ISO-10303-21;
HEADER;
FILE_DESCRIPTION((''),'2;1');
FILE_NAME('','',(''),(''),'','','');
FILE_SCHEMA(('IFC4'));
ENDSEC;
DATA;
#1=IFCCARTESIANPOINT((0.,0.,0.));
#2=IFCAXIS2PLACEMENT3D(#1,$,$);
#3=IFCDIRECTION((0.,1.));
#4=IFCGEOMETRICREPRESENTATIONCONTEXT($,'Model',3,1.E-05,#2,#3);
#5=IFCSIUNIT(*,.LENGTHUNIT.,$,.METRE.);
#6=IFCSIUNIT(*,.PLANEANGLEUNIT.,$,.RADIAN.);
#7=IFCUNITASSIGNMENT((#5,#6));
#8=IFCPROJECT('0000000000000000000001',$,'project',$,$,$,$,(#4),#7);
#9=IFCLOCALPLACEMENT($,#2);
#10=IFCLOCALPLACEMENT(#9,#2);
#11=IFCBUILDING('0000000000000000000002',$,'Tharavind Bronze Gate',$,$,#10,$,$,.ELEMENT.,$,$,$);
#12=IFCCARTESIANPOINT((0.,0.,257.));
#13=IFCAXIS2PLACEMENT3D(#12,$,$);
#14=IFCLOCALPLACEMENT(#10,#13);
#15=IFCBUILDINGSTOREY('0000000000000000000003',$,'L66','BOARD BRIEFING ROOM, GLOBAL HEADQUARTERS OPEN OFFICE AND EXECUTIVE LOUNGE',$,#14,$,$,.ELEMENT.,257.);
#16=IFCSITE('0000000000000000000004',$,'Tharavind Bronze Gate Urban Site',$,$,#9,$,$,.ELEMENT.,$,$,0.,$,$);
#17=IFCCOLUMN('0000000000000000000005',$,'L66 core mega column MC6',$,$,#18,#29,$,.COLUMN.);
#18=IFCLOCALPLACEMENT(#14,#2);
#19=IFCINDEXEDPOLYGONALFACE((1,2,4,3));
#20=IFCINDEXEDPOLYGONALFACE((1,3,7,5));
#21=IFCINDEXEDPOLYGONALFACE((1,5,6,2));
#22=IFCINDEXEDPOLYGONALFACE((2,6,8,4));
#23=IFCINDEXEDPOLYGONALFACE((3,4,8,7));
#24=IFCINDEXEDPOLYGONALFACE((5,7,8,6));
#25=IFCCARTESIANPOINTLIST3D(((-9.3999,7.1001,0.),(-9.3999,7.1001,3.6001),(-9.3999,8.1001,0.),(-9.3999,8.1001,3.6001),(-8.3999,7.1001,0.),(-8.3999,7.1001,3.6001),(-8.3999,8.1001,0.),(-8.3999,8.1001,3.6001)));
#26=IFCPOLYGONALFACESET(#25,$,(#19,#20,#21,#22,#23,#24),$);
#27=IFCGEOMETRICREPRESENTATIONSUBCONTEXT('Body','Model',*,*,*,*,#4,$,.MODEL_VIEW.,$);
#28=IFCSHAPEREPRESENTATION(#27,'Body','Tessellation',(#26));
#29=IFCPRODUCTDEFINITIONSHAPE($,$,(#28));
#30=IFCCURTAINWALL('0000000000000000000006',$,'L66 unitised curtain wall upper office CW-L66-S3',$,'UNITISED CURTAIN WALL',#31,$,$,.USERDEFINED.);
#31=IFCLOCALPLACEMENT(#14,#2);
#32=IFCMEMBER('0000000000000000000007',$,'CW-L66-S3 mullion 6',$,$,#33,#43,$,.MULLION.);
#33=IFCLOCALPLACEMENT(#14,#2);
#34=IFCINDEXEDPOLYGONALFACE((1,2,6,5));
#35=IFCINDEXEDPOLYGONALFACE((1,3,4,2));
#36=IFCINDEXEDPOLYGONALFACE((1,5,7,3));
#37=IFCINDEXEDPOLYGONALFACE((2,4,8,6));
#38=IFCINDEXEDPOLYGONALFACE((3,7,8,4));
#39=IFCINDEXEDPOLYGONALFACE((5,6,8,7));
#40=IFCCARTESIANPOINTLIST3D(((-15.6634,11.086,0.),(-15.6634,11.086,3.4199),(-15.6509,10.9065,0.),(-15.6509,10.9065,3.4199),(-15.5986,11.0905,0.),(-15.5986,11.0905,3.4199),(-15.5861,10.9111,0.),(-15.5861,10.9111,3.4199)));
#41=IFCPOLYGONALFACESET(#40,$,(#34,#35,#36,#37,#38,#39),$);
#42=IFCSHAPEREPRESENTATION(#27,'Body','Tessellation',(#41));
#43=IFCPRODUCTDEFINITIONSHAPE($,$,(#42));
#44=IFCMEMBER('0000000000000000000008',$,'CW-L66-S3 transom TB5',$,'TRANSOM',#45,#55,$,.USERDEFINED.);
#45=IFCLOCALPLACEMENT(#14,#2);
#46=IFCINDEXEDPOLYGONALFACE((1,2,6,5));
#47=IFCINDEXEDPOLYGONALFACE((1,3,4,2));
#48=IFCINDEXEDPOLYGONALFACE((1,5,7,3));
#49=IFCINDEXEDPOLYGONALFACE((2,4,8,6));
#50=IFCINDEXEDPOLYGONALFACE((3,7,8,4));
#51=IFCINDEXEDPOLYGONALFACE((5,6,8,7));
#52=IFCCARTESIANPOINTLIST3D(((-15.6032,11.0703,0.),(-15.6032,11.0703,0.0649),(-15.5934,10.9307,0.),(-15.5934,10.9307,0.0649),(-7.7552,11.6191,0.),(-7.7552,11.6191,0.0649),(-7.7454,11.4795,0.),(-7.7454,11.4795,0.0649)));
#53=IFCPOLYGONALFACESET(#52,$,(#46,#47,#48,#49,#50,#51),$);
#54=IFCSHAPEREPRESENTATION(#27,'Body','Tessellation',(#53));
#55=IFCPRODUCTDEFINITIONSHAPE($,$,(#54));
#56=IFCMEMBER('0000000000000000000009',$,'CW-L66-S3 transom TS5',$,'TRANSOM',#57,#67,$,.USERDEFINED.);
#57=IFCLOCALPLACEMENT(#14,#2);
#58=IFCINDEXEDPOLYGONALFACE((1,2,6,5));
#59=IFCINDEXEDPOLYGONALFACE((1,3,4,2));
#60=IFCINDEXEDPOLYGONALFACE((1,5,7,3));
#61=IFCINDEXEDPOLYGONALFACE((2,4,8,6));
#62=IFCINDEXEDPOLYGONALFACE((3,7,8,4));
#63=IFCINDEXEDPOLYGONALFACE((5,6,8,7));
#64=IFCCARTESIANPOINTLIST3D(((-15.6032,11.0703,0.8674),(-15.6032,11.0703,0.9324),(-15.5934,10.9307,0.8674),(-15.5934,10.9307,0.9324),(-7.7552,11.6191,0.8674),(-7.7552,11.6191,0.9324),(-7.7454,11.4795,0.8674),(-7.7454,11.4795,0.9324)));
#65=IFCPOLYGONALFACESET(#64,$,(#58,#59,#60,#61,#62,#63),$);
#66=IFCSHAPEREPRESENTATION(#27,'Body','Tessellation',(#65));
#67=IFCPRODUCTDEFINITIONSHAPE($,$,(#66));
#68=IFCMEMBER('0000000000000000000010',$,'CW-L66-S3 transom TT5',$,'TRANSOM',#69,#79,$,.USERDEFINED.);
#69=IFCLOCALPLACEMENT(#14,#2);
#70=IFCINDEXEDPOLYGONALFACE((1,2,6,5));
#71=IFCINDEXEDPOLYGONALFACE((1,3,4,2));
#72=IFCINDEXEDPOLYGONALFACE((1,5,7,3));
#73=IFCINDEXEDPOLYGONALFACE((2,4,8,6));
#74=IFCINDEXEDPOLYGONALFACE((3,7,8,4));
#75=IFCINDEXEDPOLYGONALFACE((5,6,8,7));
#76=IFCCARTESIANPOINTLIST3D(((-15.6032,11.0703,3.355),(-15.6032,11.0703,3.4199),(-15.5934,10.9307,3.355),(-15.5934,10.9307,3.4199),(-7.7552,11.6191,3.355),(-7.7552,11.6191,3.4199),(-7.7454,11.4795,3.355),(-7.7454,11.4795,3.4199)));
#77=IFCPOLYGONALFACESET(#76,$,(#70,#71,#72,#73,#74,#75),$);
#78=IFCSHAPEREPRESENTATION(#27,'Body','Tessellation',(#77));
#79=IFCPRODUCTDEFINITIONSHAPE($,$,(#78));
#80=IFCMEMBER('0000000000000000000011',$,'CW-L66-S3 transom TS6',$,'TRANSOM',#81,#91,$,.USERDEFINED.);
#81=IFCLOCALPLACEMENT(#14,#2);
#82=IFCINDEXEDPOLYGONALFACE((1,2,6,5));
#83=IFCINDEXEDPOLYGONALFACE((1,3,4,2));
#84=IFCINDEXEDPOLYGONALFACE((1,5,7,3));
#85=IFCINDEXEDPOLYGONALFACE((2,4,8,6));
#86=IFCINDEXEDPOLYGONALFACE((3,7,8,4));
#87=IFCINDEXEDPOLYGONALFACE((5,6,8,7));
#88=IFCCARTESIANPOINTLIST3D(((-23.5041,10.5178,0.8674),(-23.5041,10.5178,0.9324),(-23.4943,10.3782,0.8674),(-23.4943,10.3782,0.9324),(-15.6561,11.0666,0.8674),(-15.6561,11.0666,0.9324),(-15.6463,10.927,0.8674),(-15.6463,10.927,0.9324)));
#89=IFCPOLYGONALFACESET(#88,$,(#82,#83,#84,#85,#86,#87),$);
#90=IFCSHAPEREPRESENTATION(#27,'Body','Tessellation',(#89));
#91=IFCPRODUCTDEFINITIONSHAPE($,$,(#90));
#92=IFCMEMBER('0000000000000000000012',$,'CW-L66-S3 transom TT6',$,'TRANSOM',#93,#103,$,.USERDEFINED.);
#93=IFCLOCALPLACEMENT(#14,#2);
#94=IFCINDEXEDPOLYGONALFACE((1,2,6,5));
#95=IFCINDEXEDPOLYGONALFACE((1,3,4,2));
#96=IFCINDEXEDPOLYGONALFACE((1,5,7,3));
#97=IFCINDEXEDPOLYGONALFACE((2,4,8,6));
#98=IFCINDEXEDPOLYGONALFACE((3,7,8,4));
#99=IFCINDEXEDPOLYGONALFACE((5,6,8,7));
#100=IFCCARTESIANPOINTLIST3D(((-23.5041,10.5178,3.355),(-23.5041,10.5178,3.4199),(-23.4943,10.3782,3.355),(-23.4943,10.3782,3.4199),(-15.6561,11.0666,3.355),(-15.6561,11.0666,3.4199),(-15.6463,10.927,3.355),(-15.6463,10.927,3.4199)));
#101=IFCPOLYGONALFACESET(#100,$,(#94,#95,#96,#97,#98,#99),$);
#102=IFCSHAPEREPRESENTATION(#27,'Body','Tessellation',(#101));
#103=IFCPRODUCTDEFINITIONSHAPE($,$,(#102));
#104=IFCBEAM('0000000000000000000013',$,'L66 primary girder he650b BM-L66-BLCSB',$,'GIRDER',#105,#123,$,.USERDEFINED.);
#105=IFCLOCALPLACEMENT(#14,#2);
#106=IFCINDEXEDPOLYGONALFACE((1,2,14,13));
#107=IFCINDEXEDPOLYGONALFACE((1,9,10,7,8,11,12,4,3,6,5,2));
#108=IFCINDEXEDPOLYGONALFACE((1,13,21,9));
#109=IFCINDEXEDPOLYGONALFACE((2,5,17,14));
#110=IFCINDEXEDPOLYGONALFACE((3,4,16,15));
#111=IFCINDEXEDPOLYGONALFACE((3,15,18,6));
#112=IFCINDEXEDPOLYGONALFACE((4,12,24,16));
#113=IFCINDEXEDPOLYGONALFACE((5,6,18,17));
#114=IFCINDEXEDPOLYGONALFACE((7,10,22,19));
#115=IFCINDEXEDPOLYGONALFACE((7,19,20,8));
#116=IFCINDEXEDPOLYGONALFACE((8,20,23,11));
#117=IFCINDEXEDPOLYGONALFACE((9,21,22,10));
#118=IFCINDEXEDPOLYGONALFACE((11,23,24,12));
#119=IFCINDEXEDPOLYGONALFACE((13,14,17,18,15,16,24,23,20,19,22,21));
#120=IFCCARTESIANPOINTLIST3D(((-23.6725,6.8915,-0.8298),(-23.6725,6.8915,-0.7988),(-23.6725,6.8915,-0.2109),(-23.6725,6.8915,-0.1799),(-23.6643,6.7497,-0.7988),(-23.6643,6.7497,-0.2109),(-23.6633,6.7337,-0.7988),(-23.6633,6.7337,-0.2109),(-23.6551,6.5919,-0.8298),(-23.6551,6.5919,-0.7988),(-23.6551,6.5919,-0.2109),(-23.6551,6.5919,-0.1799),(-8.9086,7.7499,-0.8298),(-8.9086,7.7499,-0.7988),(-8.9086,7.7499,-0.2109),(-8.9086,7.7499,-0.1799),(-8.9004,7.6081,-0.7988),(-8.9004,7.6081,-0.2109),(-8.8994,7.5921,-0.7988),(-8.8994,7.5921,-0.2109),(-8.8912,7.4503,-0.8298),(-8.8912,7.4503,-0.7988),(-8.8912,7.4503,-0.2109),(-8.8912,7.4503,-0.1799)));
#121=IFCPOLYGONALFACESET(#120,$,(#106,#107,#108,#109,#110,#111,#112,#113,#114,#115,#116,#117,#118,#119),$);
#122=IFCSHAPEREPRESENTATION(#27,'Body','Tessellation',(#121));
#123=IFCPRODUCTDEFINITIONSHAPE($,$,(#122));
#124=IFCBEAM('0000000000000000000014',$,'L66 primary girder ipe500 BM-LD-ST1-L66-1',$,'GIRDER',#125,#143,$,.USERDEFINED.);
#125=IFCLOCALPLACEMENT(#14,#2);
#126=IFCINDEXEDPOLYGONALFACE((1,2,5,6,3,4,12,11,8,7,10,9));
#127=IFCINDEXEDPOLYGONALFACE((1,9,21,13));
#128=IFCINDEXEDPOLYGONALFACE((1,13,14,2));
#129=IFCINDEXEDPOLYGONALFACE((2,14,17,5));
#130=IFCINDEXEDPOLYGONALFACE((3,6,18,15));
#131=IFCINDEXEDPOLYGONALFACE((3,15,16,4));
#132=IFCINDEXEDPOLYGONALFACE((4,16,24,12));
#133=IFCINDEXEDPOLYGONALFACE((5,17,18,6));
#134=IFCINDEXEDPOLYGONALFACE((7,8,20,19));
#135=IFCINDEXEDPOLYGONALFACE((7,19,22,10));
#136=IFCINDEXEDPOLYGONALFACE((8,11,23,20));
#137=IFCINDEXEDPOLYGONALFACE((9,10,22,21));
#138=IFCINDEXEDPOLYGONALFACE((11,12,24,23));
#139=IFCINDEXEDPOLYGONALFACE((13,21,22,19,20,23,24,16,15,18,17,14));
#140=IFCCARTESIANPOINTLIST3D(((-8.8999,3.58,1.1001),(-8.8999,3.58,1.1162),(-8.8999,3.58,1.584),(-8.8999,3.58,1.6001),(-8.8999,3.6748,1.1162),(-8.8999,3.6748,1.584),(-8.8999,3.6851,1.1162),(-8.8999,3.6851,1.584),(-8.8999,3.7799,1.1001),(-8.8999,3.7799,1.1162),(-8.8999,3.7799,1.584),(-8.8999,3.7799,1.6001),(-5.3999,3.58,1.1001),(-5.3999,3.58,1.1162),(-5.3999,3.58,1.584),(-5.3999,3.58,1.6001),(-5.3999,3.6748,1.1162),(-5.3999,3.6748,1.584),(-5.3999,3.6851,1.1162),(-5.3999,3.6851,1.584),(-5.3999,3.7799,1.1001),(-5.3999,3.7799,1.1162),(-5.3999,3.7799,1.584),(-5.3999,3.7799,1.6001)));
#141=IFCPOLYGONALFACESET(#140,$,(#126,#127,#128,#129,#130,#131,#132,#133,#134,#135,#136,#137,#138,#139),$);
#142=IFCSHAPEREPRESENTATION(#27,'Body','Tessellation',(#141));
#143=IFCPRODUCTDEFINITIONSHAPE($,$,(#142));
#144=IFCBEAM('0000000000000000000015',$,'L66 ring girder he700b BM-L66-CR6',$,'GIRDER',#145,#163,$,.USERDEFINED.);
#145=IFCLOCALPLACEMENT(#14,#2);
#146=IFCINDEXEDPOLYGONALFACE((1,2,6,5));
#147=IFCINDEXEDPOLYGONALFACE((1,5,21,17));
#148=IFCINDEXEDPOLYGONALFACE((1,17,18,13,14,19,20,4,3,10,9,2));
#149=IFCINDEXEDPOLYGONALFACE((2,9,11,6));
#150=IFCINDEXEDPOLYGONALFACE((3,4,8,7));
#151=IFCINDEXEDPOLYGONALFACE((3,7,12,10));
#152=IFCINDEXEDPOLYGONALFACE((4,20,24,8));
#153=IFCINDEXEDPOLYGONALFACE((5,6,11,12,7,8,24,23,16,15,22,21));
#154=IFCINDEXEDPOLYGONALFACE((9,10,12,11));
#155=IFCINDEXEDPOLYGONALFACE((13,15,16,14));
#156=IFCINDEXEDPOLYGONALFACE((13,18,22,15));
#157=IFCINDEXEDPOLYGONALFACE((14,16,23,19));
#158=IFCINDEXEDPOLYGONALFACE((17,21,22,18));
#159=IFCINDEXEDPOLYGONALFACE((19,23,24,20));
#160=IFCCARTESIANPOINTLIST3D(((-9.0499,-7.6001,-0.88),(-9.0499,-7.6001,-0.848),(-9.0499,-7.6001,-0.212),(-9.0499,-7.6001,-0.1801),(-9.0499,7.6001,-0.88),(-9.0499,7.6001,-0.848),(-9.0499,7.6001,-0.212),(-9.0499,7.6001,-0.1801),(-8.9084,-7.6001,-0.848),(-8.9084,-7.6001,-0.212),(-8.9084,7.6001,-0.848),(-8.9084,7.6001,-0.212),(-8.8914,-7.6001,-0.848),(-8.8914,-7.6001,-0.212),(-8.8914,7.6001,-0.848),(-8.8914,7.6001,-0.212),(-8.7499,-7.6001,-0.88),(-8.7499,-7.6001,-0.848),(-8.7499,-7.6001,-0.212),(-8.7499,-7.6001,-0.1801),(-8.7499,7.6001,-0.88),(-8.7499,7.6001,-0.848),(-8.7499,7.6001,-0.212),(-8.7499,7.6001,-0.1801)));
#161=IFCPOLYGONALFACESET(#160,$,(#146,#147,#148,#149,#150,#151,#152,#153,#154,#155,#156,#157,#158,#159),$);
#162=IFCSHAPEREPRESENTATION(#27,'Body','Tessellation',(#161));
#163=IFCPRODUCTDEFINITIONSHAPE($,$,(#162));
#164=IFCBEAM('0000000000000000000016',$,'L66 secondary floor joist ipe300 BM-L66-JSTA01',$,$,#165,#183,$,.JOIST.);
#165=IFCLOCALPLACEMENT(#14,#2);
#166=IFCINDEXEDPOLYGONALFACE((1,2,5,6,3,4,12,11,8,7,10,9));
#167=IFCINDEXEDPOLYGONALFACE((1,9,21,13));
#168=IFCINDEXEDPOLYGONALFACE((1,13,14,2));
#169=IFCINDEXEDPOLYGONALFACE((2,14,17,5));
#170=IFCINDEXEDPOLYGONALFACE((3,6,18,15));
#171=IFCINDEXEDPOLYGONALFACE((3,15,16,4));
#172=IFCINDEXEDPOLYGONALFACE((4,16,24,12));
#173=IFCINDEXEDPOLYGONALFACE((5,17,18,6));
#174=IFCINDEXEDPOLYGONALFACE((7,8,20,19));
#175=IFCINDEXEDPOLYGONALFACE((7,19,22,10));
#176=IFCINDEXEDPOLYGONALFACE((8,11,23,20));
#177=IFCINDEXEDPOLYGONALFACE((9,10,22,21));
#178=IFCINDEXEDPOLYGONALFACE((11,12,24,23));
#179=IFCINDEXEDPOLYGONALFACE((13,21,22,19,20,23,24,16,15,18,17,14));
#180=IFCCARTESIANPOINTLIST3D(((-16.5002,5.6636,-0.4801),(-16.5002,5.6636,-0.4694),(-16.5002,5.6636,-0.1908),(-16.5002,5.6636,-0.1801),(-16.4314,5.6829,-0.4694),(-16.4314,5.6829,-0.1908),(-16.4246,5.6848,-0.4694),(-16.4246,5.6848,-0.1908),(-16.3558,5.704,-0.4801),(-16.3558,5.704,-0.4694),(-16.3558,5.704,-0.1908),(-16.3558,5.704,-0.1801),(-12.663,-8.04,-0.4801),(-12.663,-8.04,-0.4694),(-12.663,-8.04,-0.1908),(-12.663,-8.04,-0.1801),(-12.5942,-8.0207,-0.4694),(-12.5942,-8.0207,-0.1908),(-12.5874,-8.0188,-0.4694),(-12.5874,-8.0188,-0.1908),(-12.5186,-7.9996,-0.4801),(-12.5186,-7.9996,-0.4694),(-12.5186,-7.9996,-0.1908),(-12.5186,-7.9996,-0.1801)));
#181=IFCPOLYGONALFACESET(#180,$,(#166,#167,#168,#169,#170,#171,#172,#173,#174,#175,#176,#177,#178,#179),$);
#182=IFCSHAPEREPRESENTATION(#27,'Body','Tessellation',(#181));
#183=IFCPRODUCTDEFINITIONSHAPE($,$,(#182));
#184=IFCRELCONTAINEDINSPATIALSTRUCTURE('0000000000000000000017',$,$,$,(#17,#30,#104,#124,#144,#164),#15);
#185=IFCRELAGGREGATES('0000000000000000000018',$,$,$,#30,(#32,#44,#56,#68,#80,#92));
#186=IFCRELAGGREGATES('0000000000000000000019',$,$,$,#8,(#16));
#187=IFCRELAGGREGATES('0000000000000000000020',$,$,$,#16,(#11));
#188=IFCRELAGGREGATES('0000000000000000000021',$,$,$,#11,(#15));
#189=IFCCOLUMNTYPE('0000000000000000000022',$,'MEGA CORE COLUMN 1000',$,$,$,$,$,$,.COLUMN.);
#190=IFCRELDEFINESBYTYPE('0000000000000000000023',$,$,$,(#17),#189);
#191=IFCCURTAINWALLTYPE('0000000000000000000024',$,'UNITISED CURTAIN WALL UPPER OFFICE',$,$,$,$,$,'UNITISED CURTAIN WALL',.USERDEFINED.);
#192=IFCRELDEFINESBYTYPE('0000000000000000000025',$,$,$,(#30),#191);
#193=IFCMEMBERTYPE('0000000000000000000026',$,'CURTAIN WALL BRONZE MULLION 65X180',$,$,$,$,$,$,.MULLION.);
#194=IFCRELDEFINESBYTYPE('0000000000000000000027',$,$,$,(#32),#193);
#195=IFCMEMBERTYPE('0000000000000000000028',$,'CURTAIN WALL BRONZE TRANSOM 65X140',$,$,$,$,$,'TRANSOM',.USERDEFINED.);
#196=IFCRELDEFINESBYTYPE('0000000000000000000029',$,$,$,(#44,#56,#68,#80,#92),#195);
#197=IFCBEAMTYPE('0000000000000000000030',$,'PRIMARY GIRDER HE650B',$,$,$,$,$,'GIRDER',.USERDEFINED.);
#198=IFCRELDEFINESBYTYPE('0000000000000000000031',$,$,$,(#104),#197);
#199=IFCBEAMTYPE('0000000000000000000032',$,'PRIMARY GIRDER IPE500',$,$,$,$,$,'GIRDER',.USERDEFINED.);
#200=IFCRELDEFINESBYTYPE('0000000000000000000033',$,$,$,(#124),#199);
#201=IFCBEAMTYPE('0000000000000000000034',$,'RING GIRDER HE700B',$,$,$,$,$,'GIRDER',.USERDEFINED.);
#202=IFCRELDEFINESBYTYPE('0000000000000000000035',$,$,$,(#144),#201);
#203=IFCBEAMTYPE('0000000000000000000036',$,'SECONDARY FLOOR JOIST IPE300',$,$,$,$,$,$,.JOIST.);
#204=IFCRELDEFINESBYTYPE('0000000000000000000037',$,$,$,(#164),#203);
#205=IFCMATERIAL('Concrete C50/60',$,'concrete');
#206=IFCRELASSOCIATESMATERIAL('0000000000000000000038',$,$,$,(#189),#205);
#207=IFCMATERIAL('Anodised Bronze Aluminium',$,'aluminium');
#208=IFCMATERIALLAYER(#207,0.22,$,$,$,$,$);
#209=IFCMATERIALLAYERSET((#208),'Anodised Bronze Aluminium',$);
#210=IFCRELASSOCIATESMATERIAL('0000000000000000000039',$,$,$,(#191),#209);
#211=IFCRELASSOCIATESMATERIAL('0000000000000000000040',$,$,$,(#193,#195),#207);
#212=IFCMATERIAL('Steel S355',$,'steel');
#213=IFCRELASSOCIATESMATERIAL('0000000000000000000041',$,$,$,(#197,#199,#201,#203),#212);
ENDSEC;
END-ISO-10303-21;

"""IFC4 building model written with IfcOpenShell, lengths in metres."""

from ifc_helpers import new_model, si_unit, direction, frame, origin, origin_2d, place, context, subcontext, project, spatial, rectangle, i_section, extrude, material, layer, layer_set, material_profile, profile_set, type_object, element, aggregate, save


model = new_model("IFC4")

# Units and contexts
model_context = context("Model", 3, precision=1e-05, world=origin(), true_north=direction((0.0, 1.0)))
body_context = subcontext(model_context, "Body", "Model", "MODEL_VIEW")
ifc_project = project(units=[si_unit("LENGTHUNIT", "METRE"), si_unit("PLANEANGLEUNIT", "RADIAN")], contexts=[model_context])

# Site, building, storey
site_placement = place(None, origin())
site = spatial("IfcSite", under=ifc_project, at=site_placement, Name="Tharavind Bronze Gate Urban Site", CompositionType="ELEMENT", RefElevation=0.0)
building_placement = place(site_placement, origin())
building = spatial("IfcBuilding", under=site, at=building_placement, Name="Tharavind Bronze Gate", CompositionType="ELEMENT")
storey_placement = place(building_placement, frame((0.0, 0.0, 257.0)))
storey = spatial("IfcBuildingStorey", under=building, at=storey_placement, Name="L66", Description="BOARD BRIEFING ROOM, GLOBAL HEADQUARTERS OPEN OFFICE AND EXECUTIVE LOUNGE", CompositionType="ELEMENT", Elevation=257.0)

# Column
ifc_material_1 = material(Name="Concrete C50/60", Category="concrete")
ifc_material_profile_1 = material_profile(ifc_material_1, rectangle(XDim=1.0, YDim=1.0, at=origin_2d()), Name="RCCOL1000")
ifc_profile_set_1 = profile_set([ifc_material_profile_1], Name="Concrete C50/60")
column_type = type_object("IfcColumnType", Name="MEGA CORE COLUMN 1000", PredefinedType="COLUMN", material=ifc_profile_set_1)
column_placement = place(storey_placement, frame((-8.8999, 7.6001, 0.0), z_axis=(0.0, 0.0, 1.0), x_axis=(1.0, 0.0, 0.0)))
element("IfcColumn", 1, at=column_placement, inside=storey, type_object=column_type, Name="L66 core mega column MC6", PredefinedType="COLUMN", context=body_context, shape_type="SweptSolid", body=[
    extrude(rectangle(XDim=1.0, YDim=1.0, at=origin_2d()), origin(), (0.0, 0.0, 1.0), 3.6001),
])

# Curtain wall, members
ifc_material_2 = material(Name="Anodised Bronze Aluminium", Category="aluminium")
ifc_layer_1 = layer(ifc_material_2, 0.22)
ifc_layer_set_1 = layer_set([ifc_layer_1], Name="Anodised Bronze Aluminium")
curtain_wall_type = type_object("IfcCurtainWallType", Name="UNITISED CURTAIN WALL UPPER OFFICE", ElementType="UNITISED CURTAIN WALL", PredefinedType="USERDEFINED", material=ifc_layer_set_1)
curtain_wall_placement = place(storey_placement, origin())
curtain_wall = element("IfcCurtainWall", 2, at=curtain_wall_placement, inside=storey, type_object=curtain_wall_type, Name="L66 unitised curtain wall upper office CW-L66-S3", ObjectType="UNITISED CURTAIN WALL", PredefinedType="USERDEFINED")
member_type_1 = type_object("IfcMemberType", Name="CURTAIN WALL BRONZE MULLION 65X180", PredefinedType="MULLION", material=ifc_material_2)
member_1_placement = place(storey_placement, frame((-15.6248, 10.9985, 0.0), z_axis=(0.0, 0.0, 1.0), x_axis=(-0.997564, -0.06976, 0.0)))
member_1 = element("IfcMember", 3, at=member_1_placement, type_object=member_type_1, Name="CW-L66-S3 mullion 6", PredefinedType="MULLION", context=body_context, shape_type="SweptSolid", body=[
    extrude(rectangle(XDim=0.0649, YDim=0.1799, at=origin_2d()), origin(), (0.0, 0.0, 1.0), 3.4199),
])
member_type_2 = type_object("IfcMemberType", Name="CURTAIN WALL BRONZE TRANSOM 65X140", ElementType="TRANSOM", PredefinedType="USERDEFINED", material=ifc_material_2)
member_2_placement = place(storey_placement, frame((-11.6743, 11.2749, 0.0), z_axis=(0.0, 0.0, 1.0), x_axis=(-0.997564, -0.06976, 0.0)))
member_2 = element("IfcMember", 4, at=member_2_placement, type_object=member_type_2, Name="CW-L66-S3 transom TB5", ObjectType="TRANSOM", PredefinedType="USERDEFINED", context=body_context, shape_type="SweptSolid", body=[
    extrude(rectangle(XDim=7.8672, YDim=0.1399, at=origin_2d()), origin(), (0.0, 0.0, 1.0), 0.0649),
])
member_3_placement = place(storey_placement, frame((-11.6743, 11.2749, 0.8674), z_axis=(0.0, 0.0, 1.0), x_axis=(-0.997564, -0.06976, 0.0)))
member_3 = element("IfcMember", 5, at=member_3_placement, type_object=member_type_2, Name="CW-L66-S3 transom TS5", ObjectType="TRANSOM", PredefinedType="USERDEFINED", context=body_context, shape_type="SweptSolid", body=[
    extrude(rectangle(XDim=7.8672, YDim=0.1399, at=origin_2d()), origin(), (0.0, 0.0, 1.0), 0.0649),
])
member_4_placement = place(storey_placement, frame((-11.6743, 11.2749, 3.355), z_axis=(0.0, 0.0, 1.0), x_axis=(-0.997564, -0.06976, 0.0)))
member_4 = element("IfcMember", 6, at=member_4_placement, type_object=member_type_2, Name="CW-L66-S3 transom TT5", ObjectType="TRANSOM", PredefinedType="USERDEFINED", context=body_context, shape_type="SweptSolid", body=[
    extrude(rectangle(XDim=7.8672, YDim=0.1399, at=origin_2d()), origin(), (0.0, 0.0, 1.0), 0.0649),
])
member_5_placement = place(storey_placement, frame((-19.5752, 10.7224, 0.8674), z_axis=(0.0, 0.0, 1.0), x_axis=(-0.997564, -0.06976, 0.0)))
member_5 = element("IfcMember", 7, at=member_5_placement, type_object=member_type_2, Name="CW-L66-S3 transom TS6", ObjectType="TRANSOM", PredefinedType="USERDEFINED", context=body_context, shape_type="SweptSolid", body=[
    extrude(rectangle(XDim=7.8672, YDim=0.1399, at=origin_2d()), origin(), (0.0, 0.0, 1.0), 0.0649),
])
member_6_placement = place(storey_placement, frame((-19.5752, 10.7224, 3.355), z_axis=(0.0, 0.0, 1.0), x_axis=(-0.997564, -0.06976, 0.0)))
member_6 = element("IfcMember", 8, at=member_6_placement, type_object=member_type_2, Name="CW-L66-S3 transom TT6", ObjectType="TRANSOM", PredefinedType="USERDEFINED", context=body_context, shape_type="SweptSolid", body=[
    extrude(rectangle(XDim=7.8672, YDim=0.1399, at=origin_2d()), origin(), (0.0, 0.0, 1.0), 0.0649),
])

# Beams
ifc_material_3 = material(Name="Steel S355", Category="steel")
ifc_material_profile_2 = material_profile(ifc_material_3, i_section(OverallWidth=0.3, OverallDepth=0.6499, WebThickness=0.0161, FlangeThickness=0.031, at=origin_2d()), Name="HE650B")
ifc_profile_set_2 = profile_set([ifc_material_profile_2], Name="Steel S355")
beam_type_1 = type_object("IfcBeamType", Name="PRIMARY GIRDER HE650B", ElementType="GIRDER", PredefinedType="USERDEFINED", material=ifc_profile_set_2)
beam_1_placement = place(storey_placement, frame((-8.8999, 7.6001, -0.5049), z_axis=(-0.998314, -0.058044, 0.0), x_axis=(0.058044, -0.998314, 0.0)))
element("IfcBeam", 9, at=beam_1_placement, inside=storey, type_object=beam_type_1, Name="L66 primary girder he650b BM-L66-BLCSB", ObjectType="GIRDER", PredefinedType="USERDEFINED", context=body_context, shape_type="SweptSolid", body=[
    extrude(i_section(OverallWidth=0.3, OverallDepth=0.6499, WebThickness=0.0161, FlangeThickness=0.031, at=origin_2d()), origin(), (0.0, 0.0, 1.0), 14.7888),
])
ifc_material_profile_3 = material_profile(ifc_material_3, i_section(OverallWidth=0.2, OverallDepth=0.5, WebThickness=0.0103, FlangeThickness=0.0161, at=origin_2d()), Name="IPE500")
ifc_profile_set_3 = profile_set([ifc_material_profile_3], Name="Steel S355")
beam_type_2 = type_object("IfcBeamType", Name="PRIMARY GIRDER IPE500", ElementType="GIRDER", PredefinedType="USERDEFINED", material=ifc_profile_set_3)
beam_2_placement = place(storey_placement, frame((-8.8999, 3.6799, 1.3501), z_axis=(1.0, 0.0, 0.0), x_axis=(0.0, 1.0, 0.0)))
element("IfcBeam", 10, at=beam_2_placement, inside=storey, type_object=beam_type_2, Name="L66 primary girder ipe500 BM-LD-ST1-L66-1", ObjectType="GIRDER", PredefinedType="USERDEFINED", context=body_context, shape_type="SweptSolid", body=[
    extrude(i_section(OverallWidth=0.2, OverallDepth=0.5, WebThickness=0.0103, FlangeThickness=0.0161, at=origin_2d()), origin(), (0.0, 0.0, 1.0), 3.5),
])
ifc_material_profile_4 = material_profile(ifc_material_3, i_section(OverallWidth=0.3, OverallDepth=0.7, WebThickness=0.0171, FlangeThickness=0.032, at=origin_2d()), Name="HE700B")
ifc_profile_set_4 = profile_set([ifc_material_profile_4], Name="Steel S355")
beam_type_3 = type_object("IfcBeamType", Name="RING GIRDER HE700B", ElementType="GIRDER", PredefinedType="USERDEFINED", material=ifc_profile_set_4)
beam_3_placement = place(storey_placement, frame((-8.8999, 7.6001, -0.53), z_axis=(0.0, -1.0, 0.0), x_axis=(1.0, 0.0, 0.0)))
element("IfcBeam", 11, at=beam_3_placement, inside=storey, type_object=beam_type_3, Name="L66 ring girder he700b BM-L66-CR6", ObjectType="GIRDER", PredefinedType="USERDEFINED", context=body_context, shape_type="SweptSolid", body=[
    extrude(i_section(OverallWidth=0.3, OverallDepth=0.7, WebThickness=0.0171, FlangeThickness=0.032, at=origin_2d()), origin(), (0.0, 0.0, 1.0), 15.2002),
])
ifc_material_profile_5 = material_profile(ifc_material_3, i_section(OverallWidth=0.1499, OverallDepth=0.3, WebThickness=0.0071, FlangeThickness=0.0107, at=origin_2d()), Name="IPE300")
ifc_profile_set_5 = profile_set([ifc_material_profile_5], Name="Steel S355")
beam_type_4 = type_object("IfcBeamType", Name="SECONDARY FLOOR JOIST IPE300", PredefinedType="JOIST", material=ifc_profile_set_5)
beam_4_placement = place(storey_placement, frame((-16.428, 5.6838, -0.3301), z_axis=(0.269639, -0.962961, 0.0), x_axis=(0.962961, 0.269639, 0.0)))
element("IfcBeam", 12, at=beam_4_placement, inside=storey, type_object=beam_type_4, Name="L66 secondary floor joist ipe300 BM-L66-JSTA01", PredefinedType="JOIST", context=body_context, shape_type="SweptSolid", body=[
    extrude(i_section(OverallWidth=0.1499, OverallDepth=0.3, WebThickness=0.0071, FlangeThickness=0.0107, at=origin_2d()), origin(), (0.0, 0.0, 1.0), 14.2307),
])

aggregate(curtain_wall, [member_1, member_2, member_3, member_4, member_5, member_6])

save(model, "model.ifc")
